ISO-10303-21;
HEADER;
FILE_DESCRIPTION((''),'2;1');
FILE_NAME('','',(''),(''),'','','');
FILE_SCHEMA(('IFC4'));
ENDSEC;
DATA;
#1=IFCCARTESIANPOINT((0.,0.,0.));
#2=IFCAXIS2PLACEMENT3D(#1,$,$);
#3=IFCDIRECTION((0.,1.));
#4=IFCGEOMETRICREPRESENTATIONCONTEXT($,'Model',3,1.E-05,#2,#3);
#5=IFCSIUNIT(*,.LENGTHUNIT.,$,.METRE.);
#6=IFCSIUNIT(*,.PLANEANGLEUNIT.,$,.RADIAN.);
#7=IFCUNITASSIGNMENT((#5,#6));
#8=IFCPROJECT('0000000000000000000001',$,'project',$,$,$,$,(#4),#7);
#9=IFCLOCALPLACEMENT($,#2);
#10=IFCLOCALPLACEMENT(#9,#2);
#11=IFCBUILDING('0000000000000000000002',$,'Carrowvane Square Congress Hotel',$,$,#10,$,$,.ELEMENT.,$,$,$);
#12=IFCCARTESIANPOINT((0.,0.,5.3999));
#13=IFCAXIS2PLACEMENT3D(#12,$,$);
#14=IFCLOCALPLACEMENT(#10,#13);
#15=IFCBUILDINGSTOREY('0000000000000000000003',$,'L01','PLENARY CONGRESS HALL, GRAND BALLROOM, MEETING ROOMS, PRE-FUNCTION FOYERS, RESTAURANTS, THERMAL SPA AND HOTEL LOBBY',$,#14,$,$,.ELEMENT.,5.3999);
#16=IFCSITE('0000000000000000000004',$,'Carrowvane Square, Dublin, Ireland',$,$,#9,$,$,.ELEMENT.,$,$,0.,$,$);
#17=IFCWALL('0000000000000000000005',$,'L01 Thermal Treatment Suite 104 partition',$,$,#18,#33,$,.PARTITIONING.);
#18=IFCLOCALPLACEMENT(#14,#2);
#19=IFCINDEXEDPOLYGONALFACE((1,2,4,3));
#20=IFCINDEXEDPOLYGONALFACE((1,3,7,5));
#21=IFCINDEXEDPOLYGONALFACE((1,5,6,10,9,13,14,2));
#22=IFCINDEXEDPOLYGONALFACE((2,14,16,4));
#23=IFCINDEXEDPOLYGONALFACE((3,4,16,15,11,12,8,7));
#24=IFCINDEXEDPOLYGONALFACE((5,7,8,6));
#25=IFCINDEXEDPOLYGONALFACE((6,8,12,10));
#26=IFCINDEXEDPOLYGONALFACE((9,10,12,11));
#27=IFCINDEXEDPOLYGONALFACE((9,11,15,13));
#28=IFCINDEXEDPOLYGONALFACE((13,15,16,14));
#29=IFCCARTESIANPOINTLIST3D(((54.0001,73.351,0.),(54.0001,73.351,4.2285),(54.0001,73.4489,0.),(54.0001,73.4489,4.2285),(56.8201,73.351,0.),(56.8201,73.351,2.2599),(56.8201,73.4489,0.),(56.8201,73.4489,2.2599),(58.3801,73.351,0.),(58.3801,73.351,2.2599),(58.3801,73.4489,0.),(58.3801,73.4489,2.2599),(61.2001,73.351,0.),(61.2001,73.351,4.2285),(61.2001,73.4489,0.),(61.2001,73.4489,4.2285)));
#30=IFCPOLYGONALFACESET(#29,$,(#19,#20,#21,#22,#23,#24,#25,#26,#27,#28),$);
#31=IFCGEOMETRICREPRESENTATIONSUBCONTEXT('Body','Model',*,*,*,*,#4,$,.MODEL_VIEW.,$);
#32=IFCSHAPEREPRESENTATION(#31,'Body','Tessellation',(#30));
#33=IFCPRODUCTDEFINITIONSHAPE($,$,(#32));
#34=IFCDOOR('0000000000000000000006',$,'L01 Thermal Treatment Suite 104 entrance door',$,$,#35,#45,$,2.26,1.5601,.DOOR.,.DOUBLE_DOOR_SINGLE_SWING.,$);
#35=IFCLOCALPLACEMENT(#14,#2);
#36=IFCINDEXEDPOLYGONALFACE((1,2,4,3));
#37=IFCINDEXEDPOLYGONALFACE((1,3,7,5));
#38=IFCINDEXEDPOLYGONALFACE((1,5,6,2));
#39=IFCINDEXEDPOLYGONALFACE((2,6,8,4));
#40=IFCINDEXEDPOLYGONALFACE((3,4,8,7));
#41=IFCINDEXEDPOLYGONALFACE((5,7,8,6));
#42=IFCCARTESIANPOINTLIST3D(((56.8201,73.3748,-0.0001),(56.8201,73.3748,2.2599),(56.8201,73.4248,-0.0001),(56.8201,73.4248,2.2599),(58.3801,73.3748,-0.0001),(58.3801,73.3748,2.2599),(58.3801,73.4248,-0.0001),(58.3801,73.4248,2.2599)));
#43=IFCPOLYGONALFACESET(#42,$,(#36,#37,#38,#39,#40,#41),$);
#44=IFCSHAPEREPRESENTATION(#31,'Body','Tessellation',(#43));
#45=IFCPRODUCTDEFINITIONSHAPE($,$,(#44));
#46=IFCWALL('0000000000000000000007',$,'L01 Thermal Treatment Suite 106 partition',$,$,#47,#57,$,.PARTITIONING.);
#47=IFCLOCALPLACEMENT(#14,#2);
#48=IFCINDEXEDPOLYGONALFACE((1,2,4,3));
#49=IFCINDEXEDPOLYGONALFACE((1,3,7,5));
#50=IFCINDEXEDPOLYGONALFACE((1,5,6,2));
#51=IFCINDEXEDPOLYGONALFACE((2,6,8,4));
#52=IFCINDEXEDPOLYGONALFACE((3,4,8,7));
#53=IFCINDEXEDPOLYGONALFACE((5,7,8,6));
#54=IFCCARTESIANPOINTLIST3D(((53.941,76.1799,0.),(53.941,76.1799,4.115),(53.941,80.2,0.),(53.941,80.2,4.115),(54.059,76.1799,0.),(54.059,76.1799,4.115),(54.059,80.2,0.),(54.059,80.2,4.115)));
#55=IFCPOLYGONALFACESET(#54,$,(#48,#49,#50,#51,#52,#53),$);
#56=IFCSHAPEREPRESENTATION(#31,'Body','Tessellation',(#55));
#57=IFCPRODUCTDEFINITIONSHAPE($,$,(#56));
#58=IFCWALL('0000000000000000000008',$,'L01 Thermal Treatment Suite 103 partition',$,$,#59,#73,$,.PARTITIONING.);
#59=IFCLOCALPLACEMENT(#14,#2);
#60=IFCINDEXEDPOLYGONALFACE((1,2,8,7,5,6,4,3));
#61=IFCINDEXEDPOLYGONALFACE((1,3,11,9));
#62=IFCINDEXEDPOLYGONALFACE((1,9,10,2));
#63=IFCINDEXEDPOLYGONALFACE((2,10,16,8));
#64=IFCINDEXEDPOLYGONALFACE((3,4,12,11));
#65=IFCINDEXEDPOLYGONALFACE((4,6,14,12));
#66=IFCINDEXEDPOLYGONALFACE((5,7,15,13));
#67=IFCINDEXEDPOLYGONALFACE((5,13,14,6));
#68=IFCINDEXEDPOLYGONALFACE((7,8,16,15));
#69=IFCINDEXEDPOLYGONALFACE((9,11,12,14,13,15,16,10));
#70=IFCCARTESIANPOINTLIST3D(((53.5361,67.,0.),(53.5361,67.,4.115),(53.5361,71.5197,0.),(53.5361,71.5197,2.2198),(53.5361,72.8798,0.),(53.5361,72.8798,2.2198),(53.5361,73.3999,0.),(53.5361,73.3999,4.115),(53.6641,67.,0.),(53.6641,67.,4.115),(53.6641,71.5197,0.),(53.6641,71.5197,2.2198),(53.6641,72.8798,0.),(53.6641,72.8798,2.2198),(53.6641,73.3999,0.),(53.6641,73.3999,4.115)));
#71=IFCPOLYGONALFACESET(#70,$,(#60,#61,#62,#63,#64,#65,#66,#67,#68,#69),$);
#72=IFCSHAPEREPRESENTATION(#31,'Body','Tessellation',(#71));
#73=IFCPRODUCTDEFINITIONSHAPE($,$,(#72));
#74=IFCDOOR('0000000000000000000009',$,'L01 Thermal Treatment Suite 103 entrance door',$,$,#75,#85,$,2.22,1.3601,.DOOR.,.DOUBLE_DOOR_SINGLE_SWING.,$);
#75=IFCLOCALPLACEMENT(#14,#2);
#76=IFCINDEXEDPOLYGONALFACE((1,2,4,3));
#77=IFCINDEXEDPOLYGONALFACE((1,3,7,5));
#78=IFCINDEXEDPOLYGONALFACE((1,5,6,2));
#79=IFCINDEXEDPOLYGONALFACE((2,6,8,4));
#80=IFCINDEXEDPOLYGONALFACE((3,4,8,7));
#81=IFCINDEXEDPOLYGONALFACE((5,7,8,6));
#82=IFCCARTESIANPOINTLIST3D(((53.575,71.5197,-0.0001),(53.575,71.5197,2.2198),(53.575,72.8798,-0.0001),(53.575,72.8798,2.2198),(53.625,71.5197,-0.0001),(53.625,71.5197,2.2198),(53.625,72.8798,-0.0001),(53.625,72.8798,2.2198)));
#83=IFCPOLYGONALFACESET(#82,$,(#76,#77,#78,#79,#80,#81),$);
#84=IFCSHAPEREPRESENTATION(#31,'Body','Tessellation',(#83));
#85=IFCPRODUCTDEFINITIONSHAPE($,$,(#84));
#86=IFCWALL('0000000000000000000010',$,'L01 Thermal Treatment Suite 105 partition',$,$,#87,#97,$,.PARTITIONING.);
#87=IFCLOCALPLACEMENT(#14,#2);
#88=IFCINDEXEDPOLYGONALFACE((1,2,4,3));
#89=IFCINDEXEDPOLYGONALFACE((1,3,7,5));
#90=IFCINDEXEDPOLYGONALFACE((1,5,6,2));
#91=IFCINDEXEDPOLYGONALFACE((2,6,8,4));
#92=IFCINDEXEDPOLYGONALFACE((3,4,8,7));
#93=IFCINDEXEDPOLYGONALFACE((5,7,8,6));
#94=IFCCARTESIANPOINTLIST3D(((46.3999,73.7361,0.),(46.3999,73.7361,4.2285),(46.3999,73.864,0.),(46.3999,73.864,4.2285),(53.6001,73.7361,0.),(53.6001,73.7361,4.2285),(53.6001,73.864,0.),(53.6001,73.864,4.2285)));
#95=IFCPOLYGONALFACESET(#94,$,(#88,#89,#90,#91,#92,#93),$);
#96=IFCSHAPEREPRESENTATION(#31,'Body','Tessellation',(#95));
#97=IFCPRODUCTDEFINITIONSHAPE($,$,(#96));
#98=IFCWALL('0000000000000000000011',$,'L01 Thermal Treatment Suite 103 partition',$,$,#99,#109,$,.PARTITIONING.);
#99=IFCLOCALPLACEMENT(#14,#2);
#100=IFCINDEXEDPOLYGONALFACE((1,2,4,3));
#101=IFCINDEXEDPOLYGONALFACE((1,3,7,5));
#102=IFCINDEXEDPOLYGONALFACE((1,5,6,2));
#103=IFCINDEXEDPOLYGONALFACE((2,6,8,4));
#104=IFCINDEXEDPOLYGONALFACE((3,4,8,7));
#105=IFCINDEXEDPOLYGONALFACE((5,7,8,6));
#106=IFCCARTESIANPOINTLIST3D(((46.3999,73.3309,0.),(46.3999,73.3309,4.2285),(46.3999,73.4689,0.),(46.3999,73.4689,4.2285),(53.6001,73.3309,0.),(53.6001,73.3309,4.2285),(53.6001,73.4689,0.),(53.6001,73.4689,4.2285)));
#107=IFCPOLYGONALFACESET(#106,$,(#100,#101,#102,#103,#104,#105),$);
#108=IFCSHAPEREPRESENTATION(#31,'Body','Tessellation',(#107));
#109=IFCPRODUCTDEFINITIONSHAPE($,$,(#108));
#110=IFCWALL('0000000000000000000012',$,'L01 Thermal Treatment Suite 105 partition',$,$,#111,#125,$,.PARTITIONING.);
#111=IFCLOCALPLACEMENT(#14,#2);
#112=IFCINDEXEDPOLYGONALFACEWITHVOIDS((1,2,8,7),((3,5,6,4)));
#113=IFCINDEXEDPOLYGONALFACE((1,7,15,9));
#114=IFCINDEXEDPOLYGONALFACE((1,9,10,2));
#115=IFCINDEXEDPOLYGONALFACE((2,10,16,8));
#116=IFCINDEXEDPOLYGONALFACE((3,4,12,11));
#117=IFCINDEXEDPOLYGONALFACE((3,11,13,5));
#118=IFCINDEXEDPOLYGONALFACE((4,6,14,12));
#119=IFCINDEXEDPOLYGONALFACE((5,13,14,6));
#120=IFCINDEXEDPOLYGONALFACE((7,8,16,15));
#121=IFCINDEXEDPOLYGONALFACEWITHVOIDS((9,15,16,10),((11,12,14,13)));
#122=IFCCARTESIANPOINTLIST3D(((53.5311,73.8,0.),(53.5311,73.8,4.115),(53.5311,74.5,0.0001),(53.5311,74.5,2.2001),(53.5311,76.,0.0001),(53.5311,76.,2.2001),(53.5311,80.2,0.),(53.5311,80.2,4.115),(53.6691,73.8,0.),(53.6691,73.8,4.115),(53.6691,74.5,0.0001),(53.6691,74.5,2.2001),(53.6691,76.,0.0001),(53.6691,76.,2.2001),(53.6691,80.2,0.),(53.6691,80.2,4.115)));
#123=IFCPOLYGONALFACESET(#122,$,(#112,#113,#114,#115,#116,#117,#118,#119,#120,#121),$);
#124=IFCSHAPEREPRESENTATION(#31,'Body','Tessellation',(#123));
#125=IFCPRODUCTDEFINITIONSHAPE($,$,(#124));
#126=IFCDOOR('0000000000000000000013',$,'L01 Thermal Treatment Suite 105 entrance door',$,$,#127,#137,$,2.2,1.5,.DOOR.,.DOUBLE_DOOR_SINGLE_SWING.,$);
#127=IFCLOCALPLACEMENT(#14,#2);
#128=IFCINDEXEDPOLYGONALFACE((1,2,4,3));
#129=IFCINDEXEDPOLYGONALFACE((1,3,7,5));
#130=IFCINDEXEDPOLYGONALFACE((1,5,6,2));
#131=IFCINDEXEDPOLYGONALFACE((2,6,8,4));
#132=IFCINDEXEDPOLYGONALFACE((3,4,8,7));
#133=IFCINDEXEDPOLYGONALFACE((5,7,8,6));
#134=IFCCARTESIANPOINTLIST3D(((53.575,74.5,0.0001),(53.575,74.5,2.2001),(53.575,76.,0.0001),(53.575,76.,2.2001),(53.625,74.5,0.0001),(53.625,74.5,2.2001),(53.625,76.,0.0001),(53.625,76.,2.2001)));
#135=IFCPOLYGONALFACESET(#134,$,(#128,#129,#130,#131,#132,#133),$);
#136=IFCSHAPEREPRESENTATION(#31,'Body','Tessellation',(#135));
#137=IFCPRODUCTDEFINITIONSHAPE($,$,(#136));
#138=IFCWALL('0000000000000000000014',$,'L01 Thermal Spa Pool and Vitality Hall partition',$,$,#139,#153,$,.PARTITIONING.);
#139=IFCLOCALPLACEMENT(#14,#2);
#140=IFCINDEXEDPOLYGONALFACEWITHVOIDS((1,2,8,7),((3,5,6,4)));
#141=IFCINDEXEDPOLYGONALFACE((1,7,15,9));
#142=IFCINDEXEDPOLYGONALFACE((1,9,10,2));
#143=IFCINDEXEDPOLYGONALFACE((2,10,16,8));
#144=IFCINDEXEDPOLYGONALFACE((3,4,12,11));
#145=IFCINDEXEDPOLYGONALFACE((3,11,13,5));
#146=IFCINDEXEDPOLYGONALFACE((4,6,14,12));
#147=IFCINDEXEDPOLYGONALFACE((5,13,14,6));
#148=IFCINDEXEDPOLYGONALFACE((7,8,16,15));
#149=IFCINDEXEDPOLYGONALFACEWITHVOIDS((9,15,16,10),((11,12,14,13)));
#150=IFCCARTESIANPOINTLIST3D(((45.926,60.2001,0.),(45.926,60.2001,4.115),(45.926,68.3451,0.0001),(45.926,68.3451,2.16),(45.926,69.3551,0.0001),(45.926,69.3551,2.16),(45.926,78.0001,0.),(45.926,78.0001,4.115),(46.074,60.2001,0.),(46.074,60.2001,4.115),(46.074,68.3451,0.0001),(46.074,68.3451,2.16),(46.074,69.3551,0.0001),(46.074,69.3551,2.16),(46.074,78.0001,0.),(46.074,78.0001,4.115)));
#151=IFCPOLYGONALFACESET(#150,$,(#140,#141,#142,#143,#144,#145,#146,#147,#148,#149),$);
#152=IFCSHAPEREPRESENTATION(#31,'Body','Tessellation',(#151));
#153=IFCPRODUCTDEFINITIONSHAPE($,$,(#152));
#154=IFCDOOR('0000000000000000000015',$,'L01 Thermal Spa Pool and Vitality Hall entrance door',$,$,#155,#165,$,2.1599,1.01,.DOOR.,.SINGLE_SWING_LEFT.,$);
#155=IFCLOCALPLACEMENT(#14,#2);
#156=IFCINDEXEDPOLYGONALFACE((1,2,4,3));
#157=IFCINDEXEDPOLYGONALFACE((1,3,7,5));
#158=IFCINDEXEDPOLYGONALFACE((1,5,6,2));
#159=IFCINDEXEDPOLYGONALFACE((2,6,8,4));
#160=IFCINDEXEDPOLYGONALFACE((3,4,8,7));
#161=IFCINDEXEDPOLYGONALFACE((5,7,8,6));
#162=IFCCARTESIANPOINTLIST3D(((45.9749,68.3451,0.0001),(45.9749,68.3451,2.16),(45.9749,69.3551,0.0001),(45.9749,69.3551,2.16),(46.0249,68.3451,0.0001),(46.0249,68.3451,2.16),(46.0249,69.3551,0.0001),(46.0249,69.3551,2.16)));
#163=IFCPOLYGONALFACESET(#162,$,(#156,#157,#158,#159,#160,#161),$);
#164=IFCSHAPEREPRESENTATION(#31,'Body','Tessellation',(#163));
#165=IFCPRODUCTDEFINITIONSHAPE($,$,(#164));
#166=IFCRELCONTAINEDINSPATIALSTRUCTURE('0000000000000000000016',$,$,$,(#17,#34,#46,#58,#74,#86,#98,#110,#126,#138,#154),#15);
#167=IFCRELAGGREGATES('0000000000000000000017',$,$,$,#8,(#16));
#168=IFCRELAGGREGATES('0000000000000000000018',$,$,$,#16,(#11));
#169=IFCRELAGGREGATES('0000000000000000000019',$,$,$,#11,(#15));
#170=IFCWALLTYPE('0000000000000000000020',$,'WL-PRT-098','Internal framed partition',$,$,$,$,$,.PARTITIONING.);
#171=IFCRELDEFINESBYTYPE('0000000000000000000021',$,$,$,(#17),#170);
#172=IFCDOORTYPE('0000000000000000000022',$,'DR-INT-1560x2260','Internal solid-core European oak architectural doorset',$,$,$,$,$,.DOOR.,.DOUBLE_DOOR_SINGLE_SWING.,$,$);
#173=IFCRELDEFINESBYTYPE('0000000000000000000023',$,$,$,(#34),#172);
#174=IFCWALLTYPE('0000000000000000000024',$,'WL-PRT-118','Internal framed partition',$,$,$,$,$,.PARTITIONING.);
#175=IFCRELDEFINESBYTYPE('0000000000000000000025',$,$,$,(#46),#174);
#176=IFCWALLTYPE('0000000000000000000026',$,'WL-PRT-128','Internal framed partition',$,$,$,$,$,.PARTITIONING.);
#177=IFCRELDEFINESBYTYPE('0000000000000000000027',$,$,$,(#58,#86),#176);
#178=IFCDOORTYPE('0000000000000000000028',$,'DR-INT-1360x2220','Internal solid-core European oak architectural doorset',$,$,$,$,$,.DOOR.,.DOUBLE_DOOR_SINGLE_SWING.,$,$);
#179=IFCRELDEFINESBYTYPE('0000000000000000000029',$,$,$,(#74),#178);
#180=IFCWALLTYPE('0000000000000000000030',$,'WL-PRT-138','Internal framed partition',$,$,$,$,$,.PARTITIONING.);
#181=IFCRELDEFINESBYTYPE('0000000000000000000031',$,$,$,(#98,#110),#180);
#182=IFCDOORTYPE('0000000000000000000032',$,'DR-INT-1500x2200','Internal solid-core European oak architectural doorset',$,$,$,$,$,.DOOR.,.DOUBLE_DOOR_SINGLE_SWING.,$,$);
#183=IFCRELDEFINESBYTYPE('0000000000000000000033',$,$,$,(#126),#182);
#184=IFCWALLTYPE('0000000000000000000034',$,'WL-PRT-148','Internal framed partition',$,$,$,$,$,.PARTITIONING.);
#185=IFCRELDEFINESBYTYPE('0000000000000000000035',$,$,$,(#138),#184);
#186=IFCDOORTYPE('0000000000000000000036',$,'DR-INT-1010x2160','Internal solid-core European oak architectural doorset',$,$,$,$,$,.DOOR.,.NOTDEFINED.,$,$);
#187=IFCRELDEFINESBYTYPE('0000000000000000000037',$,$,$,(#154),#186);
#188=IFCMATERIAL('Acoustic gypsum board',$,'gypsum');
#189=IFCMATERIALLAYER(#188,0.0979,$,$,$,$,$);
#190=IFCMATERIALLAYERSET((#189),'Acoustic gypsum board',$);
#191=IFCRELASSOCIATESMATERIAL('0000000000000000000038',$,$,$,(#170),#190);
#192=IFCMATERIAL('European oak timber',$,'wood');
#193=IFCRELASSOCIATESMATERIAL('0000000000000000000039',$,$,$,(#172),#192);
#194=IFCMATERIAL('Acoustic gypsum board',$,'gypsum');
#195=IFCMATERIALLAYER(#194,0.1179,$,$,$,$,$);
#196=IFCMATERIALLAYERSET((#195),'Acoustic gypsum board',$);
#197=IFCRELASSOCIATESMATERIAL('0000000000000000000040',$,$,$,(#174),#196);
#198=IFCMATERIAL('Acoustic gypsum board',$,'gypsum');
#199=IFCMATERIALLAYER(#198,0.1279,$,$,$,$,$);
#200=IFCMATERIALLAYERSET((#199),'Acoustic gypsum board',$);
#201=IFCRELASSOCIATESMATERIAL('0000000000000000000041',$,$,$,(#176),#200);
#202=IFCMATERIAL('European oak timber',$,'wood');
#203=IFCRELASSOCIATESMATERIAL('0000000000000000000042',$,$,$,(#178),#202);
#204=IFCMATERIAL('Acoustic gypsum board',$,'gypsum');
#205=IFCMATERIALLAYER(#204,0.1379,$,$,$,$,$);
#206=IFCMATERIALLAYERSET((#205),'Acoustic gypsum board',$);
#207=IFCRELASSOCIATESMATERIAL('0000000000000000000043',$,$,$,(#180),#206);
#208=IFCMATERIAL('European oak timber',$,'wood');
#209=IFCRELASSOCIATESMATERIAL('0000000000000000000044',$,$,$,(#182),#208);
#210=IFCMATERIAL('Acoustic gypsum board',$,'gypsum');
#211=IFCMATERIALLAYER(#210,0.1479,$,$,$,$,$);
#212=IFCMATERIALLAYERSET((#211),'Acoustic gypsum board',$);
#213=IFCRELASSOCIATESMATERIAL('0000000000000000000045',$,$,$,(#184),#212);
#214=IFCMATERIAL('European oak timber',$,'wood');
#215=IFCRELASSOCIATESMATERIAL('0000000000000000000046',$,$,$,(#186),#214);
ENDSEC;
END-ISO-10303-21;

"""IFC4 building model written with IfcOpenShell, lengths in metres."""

from ifc_helpers import new_model, si_unit, direction, frame, frame_2d, origin, place, context, subcontext, project, spatial, rectangle, extrude, material, layer, layer_set, type_object, element, fill, save


model = new_model("IFC4")

# Units and contexts
model_context = context("Model", 3, precision=1e-05, world=origin(), true_north=direction((0.0, 1.0)))
body_context = subcontext(model_context, "Body", "Model", "MODEL_VIEW")
ifc_project = project(units=[si_unit("LENGTHUNIT", "METRE"), si_unit("PLANEANGLEUNIT", "RADIAN")], contexts=[model_context])

# Site, building, storey
site_placement = place(None, origin())
site = spatial("IfcSite", under=ifc_project, at=site_placement, Name="Carrowvane Square, Dublin, Ireland", CompositionType="ELEMENT", RefElevation=0.0)
building_placement = place(site_placement, origin())
building = spatial("IfcBuilding", under=site, at=building_placement, Name="Carrowvane Square Congress Hotel", CompositionType="ELEMENT")
storey_placement = place(building_placement, frame((0.0, 0.0, 5.3999)))
storey = spatial("IfcBuildingStorey", under=building, at=storey_placement, Name="L01", Description="PLENARY CONGRESS HALL, GRAND BALLROOM, MEETING ROOMS, PRE-FUNCTION FOYERS, RESTAURANTS, THERMAL SPA AND HOTEL LOBBY", CompositionType="ELEMENT", Elevation=5.3999)

# Wall, opening, door
ifc_material_1 = material(Name="Acoustic gypsum board", Category="gypsum")
ifc_layer_1 = layer(ifc_material_1, 0.0979)
ifc_layer_set_1 = layer_set([ifc_layer_1], Name="Acoustic gypsum board")
wall_type_1 = type_object("IfcWallType", Name="WL-PRT-098", Description="Internal framed partition", PredefinedType="PARTITIONING", material=ifc_layer_set_1)
wall_1_placement = place(storey_placement, frame((54.0, 73.3999, 0.0), z_axis=(0.0, 0.0, 1.0), x_axis=(1.0, 0.0, 0.0)))
wall_1 = element("IfcWall", 1, at=wall_1_placement, inside=storey, type_object=wall_type_1, Name="L01 Thermal Treatment Suite 104 partition", PredefinedType="PARTITIONING", context=body_context, shape_type="SweptSolid", body=[
    extrude(rectangle(XDim=7.2, YDim=0.0979, at=frame_2d((3.6001, 0.0))), origin(), (0.0, 0.0, 1.0), 4.2285),
])
opening_1_placement = place(wall_1_placement, frame((2.8201, 0.0, 0.0)))
opening_1 = element("IfcOpeningElement", 2, at=opening_1_placement, cuts=wall_1, PredefinedType="OPENING", context=body_context, shape_type="SweptSolid", body=[
    extrude(rectangle(XDim=1.5601, YDim=2.26, at=frame_2d((0.78, 1.1299))), frame((0.0, 0.0588, 0.0), z_axis=(0.0, -1.0, 0.0), x_axis=(1.0, 0.0, 0.0)), (0.0, 0.0, 1.0), 0.1179),
])
ifc_material_2 = material(Name="European oak timber", Category="wood")
door_type_1 = type_object("IfcDoorType", Name="DR-INT-1560x2260", Description="Internal solid-core European oak architectural doorset", OperationType="DOUBLE_DOOR_SINGLE_SWING", PredefinedType="DOOR", material=ifc_material_2)
door_1_placement = place(opening_1_placement, origin())
door_1 = element("IfcDoor", 3, at=door_1_placement, inside=storey, type_object=door_type_1, Name="L01 Thermal Treatment Suite 104 entrance door", OperationType="DOUBLE_DOOR_SINGLE_SWING", OverallHeight=2.26, OverallWidth=1.5601, PredefinedType="DOOR", context=body_context, shape_type="SweptSolid", body=[
    extrude(rectangle(XDim=1.5601, YDim=2.26, at=frame_2d((0.78, 1.1299))), frame((0.0, 0.0249, 0.0), z_axis=(0.0, -1.0, 0.0), x_axis=(1.0, 0.0, 0.0)), (0.0, 0.0, 1.0), 0.05),
])
fill(opening_1, door_1)

# Wall
ifc_material_3 = material(Name="Acoustic gypsum board", Category="gypsum")
ifc_layer_2 = layer(ifc_material_3, 0.1179)
ifc_layer_set_2 = layer_set([ifc_layer_2], Name="Acoustic gypsum board")
wall_type_2 = type_object("IfcWallType", Name="WL-PRT-118", Description="Internal framed partition", PredefinedType="PARTITIONING", material=ifc_layer_set_2)
wall_2_placement = place(storey_placement, frame((54.0, 76.1799, 0.0), z_axis=(0.0, 0.0, 1.0), x_axis=(0.0, 1.0, 0.0)))
element("IfcWall", 4, at=wall_2_placement, inside=storey, type_object=wall_type_2, Name="L01 Thermal Treatment Suite 106 partition", PredefinedType="PARTITIONING", context=body_context, shape_type="SweptSolid", body=[
    extrude(rectangle(XDim=4.02, YDim=0.1179, at=frame_2d((2.01, 0.0))), origin(), (0.0, 0.0, 1.0), 4.115),
])

# Wall, opening, door
ifc_material_4 = material(Name="Acoustic gypsum board", Category="gypsum")
ifc_layer_3 = layer(ifc_material_4, 0.1279)
ifc_layer_set_3 = layer_set([ifc_layer_3], Name="Acoustic gypsum board")
wall_type_3 = type_object("IfcWallType", Name="WL-PRT-128", Description="Internal framed partition", PredefinedType="PARTITIONING", material=ifc_layer_set_3)
wall_3_placement = place(storey_placement, frame((53.6001, 73.3999, 0.0), z_axis=(0.0, 0.0, 1.0), x_axis=(0.0, -1.0, 0.0)))
wall_3 = element("IfcWall", 5, at=wall_3_placement, inside=storey, type_object=wall_type_3, Name="L01 Thermal Treatment Suite 103 partition", PredefinedType="PARTITIONING", context=body_context, shape_type="SweptSolid", body=[
    extrude(rectangle(XDim=6.3999, YDim=0.1279, at=frame_2d((3.2, 0.0))), origin(), (0.0, 0.0, 1.0), 4.115),
])
opening_2_placement = place(wall_3_placement, frame((0.52, 0.0, 0.0)))
opening_2 = element("IfcOpeningElement", 6, at=opening_2_placement, cuts=wall_3, PredefinedType="OPENING", context=body_context, shape_type="SweptSolid", body=[
    extrude(rectangle(XDim=1.3601, YDim=2.22, at=frame_2d((0.6802, 1.1099))), frame((0.0, 0.074, 0.0), z_axis=(0.0, -1.0, 0.0), x_axis=(1.0, 0.0, 0.0)), (0.0, 0.0, 1.0), 0.1479),
])
ifc_material_5 = material(Name="European oak timber", Category="wood")
door_type_2 = type_object("IfcDoorType", Name="DR-INT-1360x2220", Description="Internal solid-core European oak architectural doorset", OperationType="DOUBLE_DOOR_SINGLE_SWING", PredefinedType="DOOR", material=ifc_material_5)
door_2_placement = place(opening_2_placement, origin())
door_2 = element("IfcDoor", 7, at=door_2_placement, inside=storey, type_object=door_type_2, Name="L01 Thermal Treatment Suite 103 entrance door", OperationType="DOUBLE_DOOR_SINGLE_SWING", OverallHeight=2.22, OverallWidth=1.3601, PredefinedType="DOOR", context=body_context, shape_type="SweptSolid", body=[
    extrude(rectangle(XDim=1.3601, YDim=2.22, at=frame_2d((0.6802, 1.1099))), frame((0.0, 0.0249, 0.0), z_axis=(0.0, -1.0, 0.0), x_axis=(1.0, 0.0, 0.0)), (0.0, 0.0, 1.0), 0.05),
])
fill(opening_2, door_2)

# Walls
wall_4_placement = place(storey_placement, frame((53.6001, 73.8, 0.0), z_axis=(0.0, 0.0, 1.0), x_axis=(-1.0, 0.0, 0.0)))
element("IfcWall", 8, at=wall_4_placement, inside=storey, type_object=wall_type_3, Name="L01 Thermal Treatment Suite 105 partition", PredefinedType="PARTITIONING", context=body_context, shape_type="SweptSolid", body=[
    extrude(rectangle(XDim=7.2002, YDim=0.1279, at=frame_2d((3.6001, 0.0))), origin(), (0.0, 0.0, 1.0), 4.2285),
])
ifc_material_6 = material(Name="Acoustic gypsum board", Category="gypsum")
ifc_layer_4 = layer(ifc_material_6, 0.1379)
ifc_layer_set_4 = layer_set([ifc_layer_4], Name="Acoustic gypsum board")
wall_type_4 = type_object("IfcWallType", Name="WL-PRT-138", Description="Internal framed partition", PredefinedType="PARTITIONING", material=ifc_layer_set_4)
wall_5_placement = place(storey_placement, frame((46.3999, 73.3999, 0.0), z_axis=(0.0, 0.0, 1.0), x_axis=(1.0, 0.0, 0.0)))
element("IfcWall", 9, at=wall_5_placement, inside=storey, type_object=wall_type_4, Name="L01 Thermal Treatment Suite 103 partition", PredefinedType="PARTITIONING", context=body_context, shape_type="SweptSolid", body=[
    extrude(rectangle(XDim=7.2002, YDim=0.1379, at=frame_2d((3.6001, 0.0))), origin(), (0.0, 0.0, 1.0), 4.2285),
])

# Walls, openings, doors
wall_6_placement = place(storey_placement, frame((53.6001, 80.2, 0.0), z_axis=(0.0, 0.0, 1.0), x_axis=(0.0, -1.0, 0.0)))
wall_6 = element("IfcWall", 10, at=wall_6_placement, inside=storey, type_object=wall_type_4, Name="L01 Thermal Treatment Suite 105 partition", PredefinedType="PARTITIONING", context=body_context, shape_type="SweptSolid", body=[
    extrude(rectangle(XDim=6.3999, YDim=0.1379, at=frame_2d((3.2, 0.0))), origin(), (0.0, 0.0, 1.0), 4.115),
])
opening_3_placement = place(wall_6_placement, frame((4.2, 0.0, 0.0)))
opening_3 = element("IfcOpeningElement", 11, at=opening_3_placement, cuts=wall_6, PredefinedType="OPENING", context=body_context, shape_type="SweptSolid", body=[
    extrude(rectangle(XDim=1.5, YDim=2.2, at=frame_2d((0.75, 1.1001))), frame((0.0, 0.0789, 0.0), z_axis=(0.0, -1.0, 0.0), x_axis=(1.0, 0.0, 0.0)), (0.0, 0.0, 1.0), 0.158),
])
ifc_material_7 = material(Name="European oak timber", Category="wood")
door_type_3 = type_object("IfcDoorType", Name="DR-INT-1500x2200", Description="Internal solid-core European oak architectural doorset", OperationType="DOUBLE_DOOR_SINGLE_SWING", PredefinedType="DOOR", material=ifc_material_7)
door_3_placement = place(opening_3_placement, origin())
door_3 = element("IfcDoor", 12, at=door_3_placement, inside=storey, type_object=door_type_3, Name="L01 Thermal Treatment Suite 105 entrance door", OperationType="DOUBLE_DOOR_SINGLE_SWING", OverallHeight=2.2, OverallWidth=1.5, PredefinedType="DOOR", context=body_context, shape_type="SweptSolid", body=[
    extrude(rectangle(XDim=1.5, YDim=2.2, at=frame_2d((0.75, 1.1001))), frame((0.0, 0.0249, 0.0), z_axis=(0.0, -1.0, 0.0), x_axis=(1.0, 0.0, 0.0)), (0.0, 0.0, 1.0), 0.05),
])
fill(opening_3, door_3)
ifc_material_8 = material(Name="Acoustic gypsum board", Category="gypsum")
ifc_layer_5 = layer(ifc_material_8, 0.1479)
ifc_layer_set_5 = layer_set([ifc_layer_5], Name="Acoustic gypsum board")
wall_type_5 = type_object("IfcWallType", Name="WL-PRT-148", Description="Internal framed partition", PredefinedType="PARTITIONING", material=ifc_layer_set_5)
wall_7_placement = place(storey_placement, frame((46.0, 78.0, 0.0), z_axis=(0.0, 0.0, 1.0), x_axis=(0.0, -1.0, 0.0)))
wall_7 = element("IfcWall", 13, at=wall_7_placement, inside=storey, type_object=wall_type_5, Name="L01 Thermal Spa Pool and Vitality Hall partition", PredefinedType="PARTITIONING", context=body_context, shape_type="SweptSolid", body=[
    extrude(rectangle(XDim=17.8, YDim=0.1479, at=frame_2d((8.8999, 0.0))), origin(), (0.0, 0.0, 1.0), 4.115),
])
opening_4_placement = place(wall_7_placement, frame((8.645, 0.0, 0.0)))
opening_4 = element("IfcOpeningElement", 14, at=opening_4_placement, cuts=wall_7, PredefinedType="OPENING", context=body_context, shape_type="SweptSolid", body=[
    extrude(rectangle(XDim=1.01, YDim=2.1599, at=frame_2d((0.5049, 1.0801))), frame((0.0, 0.084, 0.0), z_axis=(0.0, -1.0, 0.0), x_axis=(1.0, 0.0, 0.0)), (0.0, 0.0, 1.0), 0.168),
])
ifc_material_9 = material(Name="European oak timber", Category="wood")
door_type_4 = type_object("IfcDoorType", Name="DR-INT-1010x2160", Description="Internal solid-core European oak architectural doorset", OperationType="NOTDEFINED", PredefinedType="DOOR", material=ifc_material_9)
door_4_placement = place(opening_4_placement, origin())
door_4 = element("IfcDoor", 15, at=door_4_placement, inside=storey, type_object=door_type_4, Name="L01 Thermal Spa Pool and Vitality Hall entrance door", OperationType="SINGLE_SWING_LEFT", OverallHeight=2.1599, OverallWidth=1.01, PredefinedType="DOOR", context=body_context, shape_type="SweptSolid", body=[
    extrude(rectangle(XDim=1.01, YDim=2.1599, at=frame_2d((0.5049, 1.0801))), frame((0.0, 0.0249, 0.0), z_axis=(0.0, -1.0, 0.0), x_axis=(1.0, 0.0, 0.0)), (0.0, 0.0, 1.0), 0.05),
])
fill(opening_4, door_4)

save(model, "model.ifc")
